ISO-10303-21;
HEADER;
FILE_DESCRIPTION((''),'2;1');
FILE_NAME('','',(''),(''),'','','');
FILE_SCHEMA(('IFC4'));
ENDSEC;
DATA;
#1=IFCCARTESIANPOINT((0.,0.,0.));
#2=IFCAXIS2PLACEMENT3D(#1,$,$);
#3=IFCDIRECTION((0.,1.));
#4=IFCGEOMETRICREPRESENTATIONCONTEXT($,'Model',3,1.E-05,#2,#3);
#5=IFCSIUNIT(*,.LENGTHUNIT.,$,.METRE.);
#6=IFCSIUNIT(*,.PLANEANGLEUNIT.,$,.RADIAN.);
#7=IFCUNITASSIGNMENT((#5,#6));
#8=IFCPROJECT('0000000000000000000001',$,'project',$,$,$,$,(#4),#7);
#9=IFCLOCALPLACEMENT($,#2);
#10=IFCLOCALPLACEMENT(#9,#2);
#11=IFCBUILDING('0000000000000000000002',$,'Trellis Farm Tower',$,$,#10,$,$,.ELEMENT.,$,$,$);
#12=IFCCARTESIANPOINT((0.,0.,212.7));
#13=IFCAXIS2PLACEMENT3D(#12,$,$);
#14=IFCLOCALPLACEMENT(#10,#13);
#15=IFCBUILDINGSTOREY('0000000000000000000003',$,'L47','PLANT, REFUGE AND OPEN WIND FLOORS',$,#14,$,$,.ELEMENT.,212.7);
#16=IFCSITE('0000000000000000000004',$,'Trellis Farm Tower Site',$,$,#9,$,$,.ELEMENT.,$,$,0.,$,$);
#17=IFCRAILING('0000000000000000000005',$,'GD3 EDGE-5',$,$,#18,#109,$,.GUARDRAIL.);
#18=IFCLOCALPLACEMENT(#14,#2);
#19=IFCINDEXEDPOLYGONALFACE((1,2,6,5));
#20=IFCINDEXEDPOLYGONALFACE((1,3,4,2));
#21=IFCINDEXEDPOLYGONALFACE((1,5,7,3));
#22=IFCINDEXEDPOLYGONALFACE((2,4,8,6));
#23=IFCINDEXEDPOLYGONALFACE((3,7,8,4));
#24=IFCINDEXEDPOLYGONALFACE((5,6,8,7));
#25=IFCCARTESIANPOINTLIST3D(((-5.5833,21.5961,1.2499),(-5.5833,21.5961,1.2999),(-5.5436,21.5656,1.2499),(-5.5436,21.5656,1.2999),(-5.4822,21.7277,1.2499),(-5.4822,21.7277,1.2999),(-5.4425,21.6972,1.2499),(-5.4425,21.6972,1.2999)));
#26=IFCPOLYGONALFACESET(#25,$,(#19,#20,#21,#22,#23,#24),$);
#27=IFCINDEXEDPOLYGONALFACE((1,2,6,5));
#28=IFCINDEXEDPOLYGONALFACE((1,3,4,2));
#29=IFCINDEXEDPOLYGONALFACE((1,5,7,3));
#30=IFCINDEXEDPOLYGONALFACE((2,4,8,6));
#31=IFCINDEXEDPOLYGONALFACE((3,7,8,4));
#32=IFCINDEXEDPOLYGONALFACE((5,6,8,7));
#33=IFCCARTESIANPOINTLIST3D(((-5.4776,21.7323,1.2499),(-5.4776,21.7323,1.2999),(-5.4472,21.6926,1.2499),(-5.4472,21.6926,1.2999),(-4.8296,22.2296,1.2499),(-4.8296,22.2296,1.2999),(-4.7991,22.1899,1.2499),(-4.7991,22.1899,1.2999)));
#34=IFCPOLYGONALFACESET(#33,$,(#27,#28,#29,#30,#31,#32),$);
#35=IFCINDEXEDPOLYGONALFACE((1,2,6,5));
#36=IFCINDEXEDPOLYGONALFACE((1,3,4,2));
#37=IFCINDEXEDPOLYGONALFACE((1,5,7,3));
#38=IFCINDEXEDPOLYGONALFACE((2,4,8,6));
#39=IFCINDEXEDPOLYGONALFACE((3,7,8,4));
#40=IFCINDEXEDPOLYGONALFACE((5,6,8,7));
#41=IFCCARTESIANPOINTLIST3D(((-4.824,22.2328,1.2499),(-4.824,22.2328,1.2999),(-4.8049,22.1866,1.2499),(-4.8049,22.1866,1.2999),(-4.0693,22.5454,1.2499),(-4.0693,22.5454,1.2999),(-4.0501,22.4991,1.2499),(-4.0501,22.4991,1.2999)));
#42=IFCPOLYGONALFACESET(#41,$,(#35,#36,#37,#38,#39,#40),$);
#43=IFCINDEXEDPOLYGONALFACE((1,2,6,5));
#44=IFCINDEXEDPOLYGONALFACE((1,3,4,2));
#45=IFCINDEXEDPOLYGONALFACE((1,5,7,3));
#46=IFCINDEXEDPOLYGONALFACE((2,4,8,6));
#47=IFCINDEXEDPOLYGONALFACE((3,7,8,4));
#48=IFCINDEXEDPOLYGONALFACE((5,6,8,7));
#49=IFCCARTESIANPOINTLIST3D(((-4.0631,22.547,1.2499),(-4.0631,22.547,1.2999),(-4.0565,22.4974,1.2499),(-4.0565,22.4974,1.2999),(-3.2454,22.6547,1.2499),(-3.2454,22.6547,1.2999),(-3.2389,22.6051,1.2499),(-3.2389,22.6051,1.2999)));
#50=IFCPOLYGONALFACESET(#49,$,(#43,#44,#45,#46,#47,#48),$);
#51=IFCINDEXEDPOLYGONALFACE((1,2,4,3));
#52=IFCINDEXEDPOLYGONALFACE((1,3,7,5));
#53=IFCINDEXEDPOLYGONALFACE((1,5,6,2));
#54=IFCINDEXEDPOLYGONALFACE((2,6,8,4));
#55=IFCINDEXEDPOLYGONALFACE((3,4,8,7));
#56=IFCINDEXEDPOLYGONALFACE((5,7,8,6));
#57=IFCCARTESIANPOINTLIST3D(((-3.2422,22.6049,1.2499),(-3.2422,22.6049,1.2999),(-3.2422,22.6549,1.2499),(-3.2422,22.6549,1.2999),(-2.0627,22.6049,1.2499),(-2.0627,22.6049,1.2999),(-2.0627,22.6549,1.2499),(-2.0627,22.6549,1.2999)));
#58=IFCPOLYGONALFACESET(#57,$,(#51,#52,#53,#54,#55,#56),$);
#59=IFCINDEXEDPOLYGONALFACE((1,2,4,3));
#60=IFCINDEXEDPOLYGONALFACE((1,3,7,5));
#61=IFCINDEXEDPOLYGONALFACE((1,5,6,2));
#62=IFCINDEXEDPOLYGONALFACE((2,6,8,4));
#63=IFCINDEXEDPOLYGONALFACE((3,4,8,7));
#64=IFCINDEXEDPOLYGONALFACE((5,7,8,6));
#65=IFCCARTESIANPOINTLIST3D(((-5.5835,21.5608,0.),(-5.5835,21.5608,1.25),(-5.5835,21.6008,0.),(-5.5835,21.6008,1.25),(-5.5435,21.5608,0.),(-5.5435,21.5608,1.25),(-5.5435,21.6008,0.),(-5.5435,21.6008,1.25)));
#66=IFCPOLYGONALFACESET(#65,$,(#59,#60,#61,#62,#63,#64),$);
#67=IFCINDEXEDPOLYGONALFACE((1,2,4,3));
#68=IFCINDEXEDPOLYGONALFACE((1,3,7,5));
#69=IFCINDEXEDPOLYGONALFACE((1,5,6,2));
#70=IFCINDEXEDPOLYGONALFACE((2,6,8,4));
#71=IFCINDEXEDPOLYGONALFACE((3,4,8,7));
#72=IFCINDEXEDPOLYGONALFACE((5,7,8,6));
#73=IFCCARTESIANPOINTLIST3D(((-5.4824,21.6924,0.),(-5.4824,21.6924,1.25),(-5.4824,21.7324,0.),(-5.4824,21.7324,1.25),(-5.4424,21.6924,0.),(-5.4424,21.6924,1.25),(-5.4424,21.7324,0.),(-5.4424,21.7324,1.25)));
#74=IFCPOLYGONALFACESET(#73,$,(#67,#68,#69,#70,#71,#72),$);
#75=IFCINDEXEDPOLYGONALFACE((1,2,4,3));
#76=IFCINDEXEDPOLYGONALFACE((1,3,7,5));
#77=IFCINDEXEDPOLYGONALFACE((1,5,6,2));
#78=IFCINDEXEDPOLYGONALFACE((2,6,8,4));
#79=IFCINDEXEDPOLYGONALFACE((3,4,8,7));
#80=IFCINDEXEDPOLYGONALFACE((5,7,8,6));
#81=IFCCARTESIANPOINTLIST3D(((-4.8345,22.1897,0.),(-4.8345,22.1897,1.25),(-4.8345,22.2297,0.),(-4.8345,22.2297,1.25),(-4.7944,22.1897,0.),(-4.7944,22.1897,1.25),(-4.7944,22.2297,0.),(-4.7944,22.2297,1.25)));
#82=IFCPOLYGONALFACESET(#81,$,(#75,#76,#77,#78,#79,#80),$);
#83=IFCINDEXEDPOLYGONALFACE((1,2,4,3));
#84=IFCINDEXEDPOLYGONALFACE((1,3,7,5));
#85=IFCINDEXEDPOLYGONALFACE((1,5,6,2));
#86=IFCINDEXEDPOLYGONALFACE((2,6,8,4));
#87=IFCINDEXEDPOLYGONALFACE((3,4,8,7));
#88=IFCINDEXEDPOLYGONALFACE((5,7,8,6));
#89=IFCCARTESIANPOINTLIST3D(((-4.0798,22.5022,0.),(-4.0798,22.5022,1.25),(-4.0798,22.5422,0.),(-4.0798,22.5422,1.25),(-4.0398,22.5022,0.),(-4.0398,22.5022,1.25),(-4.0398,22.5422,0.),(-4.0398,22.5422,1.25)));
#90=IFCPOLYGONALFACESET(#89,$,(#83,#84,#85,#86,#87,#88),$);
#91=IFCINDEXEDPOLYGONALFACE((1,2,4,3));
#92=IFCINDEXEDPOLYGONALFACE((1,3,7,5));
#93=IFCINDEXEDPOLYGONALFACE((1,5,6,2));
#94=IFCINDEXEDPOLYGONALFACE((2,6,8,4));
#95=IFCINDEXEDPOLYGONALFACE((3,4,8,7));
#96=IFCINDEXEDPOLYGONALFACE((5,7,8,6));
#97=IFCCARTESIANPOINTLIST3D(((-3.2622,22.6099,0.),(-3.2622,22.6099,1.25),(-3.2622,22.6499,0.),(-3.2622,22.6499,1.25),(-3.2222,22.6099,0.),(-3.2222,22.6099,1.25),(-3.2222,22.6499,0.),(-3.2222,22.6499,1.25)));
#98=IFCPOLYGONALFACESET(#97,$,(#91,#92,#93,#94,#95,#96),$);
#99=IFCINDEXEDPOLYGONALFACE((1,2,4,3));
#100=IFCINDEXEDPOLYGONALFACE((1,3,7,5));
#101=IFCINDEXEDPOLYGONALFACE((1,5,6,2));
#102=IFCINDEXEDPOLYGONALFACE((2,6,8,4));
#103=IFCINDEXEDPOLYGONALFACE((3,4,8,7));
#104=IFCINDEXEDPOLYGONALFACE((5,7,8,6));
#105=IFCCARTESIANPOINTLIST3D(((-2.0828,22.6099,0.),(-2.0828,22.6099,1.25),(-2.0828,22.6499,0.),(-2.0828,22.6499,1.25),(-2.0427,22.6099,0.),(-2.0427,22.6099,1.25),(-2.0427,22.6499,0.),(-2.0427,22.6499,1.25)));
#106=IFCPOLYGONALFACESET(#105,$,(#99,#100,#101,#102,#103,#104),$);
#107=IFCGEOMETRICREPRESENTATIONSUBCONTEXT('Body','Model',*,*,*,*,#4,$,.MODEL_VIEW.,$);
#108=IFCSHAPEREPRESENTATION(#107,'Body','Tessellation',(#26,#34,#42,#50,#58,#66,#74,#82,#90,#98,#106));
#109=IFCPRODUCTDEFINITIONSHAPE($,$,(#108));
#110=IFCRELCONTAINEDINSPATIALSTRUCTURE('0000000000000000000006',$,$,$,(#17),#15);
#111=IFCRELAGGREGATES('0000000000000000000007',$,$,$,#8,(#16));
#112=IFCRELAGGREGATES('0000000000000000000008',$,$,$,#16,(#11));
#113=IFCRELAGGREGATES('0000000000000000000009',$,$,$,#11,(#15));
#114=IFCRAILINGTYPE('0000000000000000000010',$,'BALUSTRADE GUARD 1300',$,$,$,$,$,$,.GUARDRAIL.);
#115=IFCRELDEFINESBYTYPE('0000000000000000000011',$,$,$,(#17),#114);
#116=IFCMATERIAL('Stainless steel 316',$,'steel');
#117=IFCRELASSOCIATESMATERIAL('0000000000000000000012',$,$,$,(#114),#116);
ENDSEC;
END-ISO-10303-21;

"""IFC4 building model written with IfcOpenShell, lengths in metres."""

from ifc_helpers import new_model, si_unit, direction, frame, origin, origin_2d, place, context, subcontext, project, spatial, rectangle, extrude, material, type_object, element, save


model = new_model("IFC4")

# Units and contexts
model_context = context("Model", 3, precision=1e-05, world=origin(), true_north=direction((0.0, 1.0)))
body_context = subcontext(model_context, "Body", "Model", "MODEL_VIEW")
ifc_project = project(units=[si_unit("LENGTHUNIT", "METRE"), si_unit("PLANEANGLEUNIT", "RADIAN")], contexts=[model_context])

# Site, building, storey
site_placement = place(None, origin())
site = spatial("IfcSite", under=ifc_project, at=site_placement, Name="Trellis Farm Tower Site", CompositionType="ELEMENT", RefElevation=0.0)
building_placement = place(site_placement, origin())
building = spatial("IfcBuilding", under=site, at=building_placement, Name="Trellis Farm Tower", CompositionType="ELEMENT")
storey_placement = place(building_placement, frame((0.0, 0.0, 212.7)))
storey = spatial("IfcBuildingStorey", under=building, at=storey_placement, Name="L47", Description="PLANT, REFUGE AND OPEN WIND FLOORS", CompositionType="ELEMENT", Elevation=212.7)

# Railing
ifc_material_1 = material(Name="Stainless steel 316", Category="steel")
railing_type_1 = type_object("IfcRailingType", Name="BALUSTRADE GUARD 1300", PredefinedType="GUARDRAIL", material=ifc_material_1)
railing_1_placement = place(storey_placement, frame((-5.5635, 21.5808, 0.0)))
element("IfcRailing", 1, at=railing_1_placement, inside=storey, type_object=railing_type_1, Name="GD3 EDGE-5", PredefinedType="GUARDRAIL", context=body_context, shape_type="SweptSolid", body=[
    extrude(rectangle(XDim=0.05, YDim=0.05, at=origin_2d()), frame((0.0, 0.0, 1.2749), z_axis=(0.609142, 0.793061, 0.0), x_axis=(-0.793061, 0.609142, 0.0)), (0.0, 0.0, 1.0), 0.166),
    extrude(rectangle(XDim=0.05, YDim=0.05, at=origin_2d()), frame((0.1011, 0.1316, 1.2749), z_axis=(0.793279, 0.608858, 0.0), x_axis=(-0.608858, 0.793279, 0.0)), (0.0, 0.0, 1.0), 0.8169),
    extrude(rectangle(XDim=0.05, YDim=0.05, at=origin_2d()), frame((0.749, 0.6289, 1.2749), z_axis=(0.923915, 0.382598, 0.0), x_axis=(-0.382598, 0.923915, 0.0)), (0.0, 0.0, 1.0), 0.8169),
    extrude(rectangle(XDim=0.05, YDim=0.05, at=origin_2d()), frame((1.5037, 0.9414, 1.2749), z_axis=(0.991441, 0.130554, 0.0), x_axis=(-0.130554, 0.991441, 0.0)), (0.0, 0.0, 1.0), 0.8247),
    extrude(rectangle(XDim=0.05, YDim=0.05, at=origin_2d()), frame((2.3213, 1.0491, 1.2749), z_axis=(1.0, 0.0, 0.0), x_axis=(0.0, 1.0, 0.0)), (0.0, 0.0, 1.0), 1.1794),
    extrude(rectangle(XDim=0.04, YDim=0.04, at=origin_2d()), origin(), (0.0, 0.0, 1.0), 1.25),
    extrude(rectangle(XDim=0.04, YDim=0.04, at=origin_2d()), frame((0.1011, 0.1316, 0.0)), (0.0, 0.0, 1.0), 1.25),
    extrude(rectangle(XDim=0.04, YDim=0.04, at=origin_2d()), frame((0.749, 0.6289, 0.0)), (0.0, 0.0, 1.0), 1.25),
    extrude(rectangle(XDim=0.04, YDim=0.04, at=origin_2d()), frame((1.5037, 0.9414, 0.0)), (0.0, 0.0, 1.0), 1.25),
    extrude(rectangle(XDim=0.04, YDim=0.04, at=origin_2d()), frame((2.3213, 1.0491, 0.0)), (0.0, 0.0, 1.0), 1.25),
    extrude(rectangle(XDim=0.04, YDim=0.04, at=origin_2d()), frame((3.5007, 1.0491, 0.0)), (0.0, 0.0, 1.0), 1.25),
])

save(model, "model.ifc")
